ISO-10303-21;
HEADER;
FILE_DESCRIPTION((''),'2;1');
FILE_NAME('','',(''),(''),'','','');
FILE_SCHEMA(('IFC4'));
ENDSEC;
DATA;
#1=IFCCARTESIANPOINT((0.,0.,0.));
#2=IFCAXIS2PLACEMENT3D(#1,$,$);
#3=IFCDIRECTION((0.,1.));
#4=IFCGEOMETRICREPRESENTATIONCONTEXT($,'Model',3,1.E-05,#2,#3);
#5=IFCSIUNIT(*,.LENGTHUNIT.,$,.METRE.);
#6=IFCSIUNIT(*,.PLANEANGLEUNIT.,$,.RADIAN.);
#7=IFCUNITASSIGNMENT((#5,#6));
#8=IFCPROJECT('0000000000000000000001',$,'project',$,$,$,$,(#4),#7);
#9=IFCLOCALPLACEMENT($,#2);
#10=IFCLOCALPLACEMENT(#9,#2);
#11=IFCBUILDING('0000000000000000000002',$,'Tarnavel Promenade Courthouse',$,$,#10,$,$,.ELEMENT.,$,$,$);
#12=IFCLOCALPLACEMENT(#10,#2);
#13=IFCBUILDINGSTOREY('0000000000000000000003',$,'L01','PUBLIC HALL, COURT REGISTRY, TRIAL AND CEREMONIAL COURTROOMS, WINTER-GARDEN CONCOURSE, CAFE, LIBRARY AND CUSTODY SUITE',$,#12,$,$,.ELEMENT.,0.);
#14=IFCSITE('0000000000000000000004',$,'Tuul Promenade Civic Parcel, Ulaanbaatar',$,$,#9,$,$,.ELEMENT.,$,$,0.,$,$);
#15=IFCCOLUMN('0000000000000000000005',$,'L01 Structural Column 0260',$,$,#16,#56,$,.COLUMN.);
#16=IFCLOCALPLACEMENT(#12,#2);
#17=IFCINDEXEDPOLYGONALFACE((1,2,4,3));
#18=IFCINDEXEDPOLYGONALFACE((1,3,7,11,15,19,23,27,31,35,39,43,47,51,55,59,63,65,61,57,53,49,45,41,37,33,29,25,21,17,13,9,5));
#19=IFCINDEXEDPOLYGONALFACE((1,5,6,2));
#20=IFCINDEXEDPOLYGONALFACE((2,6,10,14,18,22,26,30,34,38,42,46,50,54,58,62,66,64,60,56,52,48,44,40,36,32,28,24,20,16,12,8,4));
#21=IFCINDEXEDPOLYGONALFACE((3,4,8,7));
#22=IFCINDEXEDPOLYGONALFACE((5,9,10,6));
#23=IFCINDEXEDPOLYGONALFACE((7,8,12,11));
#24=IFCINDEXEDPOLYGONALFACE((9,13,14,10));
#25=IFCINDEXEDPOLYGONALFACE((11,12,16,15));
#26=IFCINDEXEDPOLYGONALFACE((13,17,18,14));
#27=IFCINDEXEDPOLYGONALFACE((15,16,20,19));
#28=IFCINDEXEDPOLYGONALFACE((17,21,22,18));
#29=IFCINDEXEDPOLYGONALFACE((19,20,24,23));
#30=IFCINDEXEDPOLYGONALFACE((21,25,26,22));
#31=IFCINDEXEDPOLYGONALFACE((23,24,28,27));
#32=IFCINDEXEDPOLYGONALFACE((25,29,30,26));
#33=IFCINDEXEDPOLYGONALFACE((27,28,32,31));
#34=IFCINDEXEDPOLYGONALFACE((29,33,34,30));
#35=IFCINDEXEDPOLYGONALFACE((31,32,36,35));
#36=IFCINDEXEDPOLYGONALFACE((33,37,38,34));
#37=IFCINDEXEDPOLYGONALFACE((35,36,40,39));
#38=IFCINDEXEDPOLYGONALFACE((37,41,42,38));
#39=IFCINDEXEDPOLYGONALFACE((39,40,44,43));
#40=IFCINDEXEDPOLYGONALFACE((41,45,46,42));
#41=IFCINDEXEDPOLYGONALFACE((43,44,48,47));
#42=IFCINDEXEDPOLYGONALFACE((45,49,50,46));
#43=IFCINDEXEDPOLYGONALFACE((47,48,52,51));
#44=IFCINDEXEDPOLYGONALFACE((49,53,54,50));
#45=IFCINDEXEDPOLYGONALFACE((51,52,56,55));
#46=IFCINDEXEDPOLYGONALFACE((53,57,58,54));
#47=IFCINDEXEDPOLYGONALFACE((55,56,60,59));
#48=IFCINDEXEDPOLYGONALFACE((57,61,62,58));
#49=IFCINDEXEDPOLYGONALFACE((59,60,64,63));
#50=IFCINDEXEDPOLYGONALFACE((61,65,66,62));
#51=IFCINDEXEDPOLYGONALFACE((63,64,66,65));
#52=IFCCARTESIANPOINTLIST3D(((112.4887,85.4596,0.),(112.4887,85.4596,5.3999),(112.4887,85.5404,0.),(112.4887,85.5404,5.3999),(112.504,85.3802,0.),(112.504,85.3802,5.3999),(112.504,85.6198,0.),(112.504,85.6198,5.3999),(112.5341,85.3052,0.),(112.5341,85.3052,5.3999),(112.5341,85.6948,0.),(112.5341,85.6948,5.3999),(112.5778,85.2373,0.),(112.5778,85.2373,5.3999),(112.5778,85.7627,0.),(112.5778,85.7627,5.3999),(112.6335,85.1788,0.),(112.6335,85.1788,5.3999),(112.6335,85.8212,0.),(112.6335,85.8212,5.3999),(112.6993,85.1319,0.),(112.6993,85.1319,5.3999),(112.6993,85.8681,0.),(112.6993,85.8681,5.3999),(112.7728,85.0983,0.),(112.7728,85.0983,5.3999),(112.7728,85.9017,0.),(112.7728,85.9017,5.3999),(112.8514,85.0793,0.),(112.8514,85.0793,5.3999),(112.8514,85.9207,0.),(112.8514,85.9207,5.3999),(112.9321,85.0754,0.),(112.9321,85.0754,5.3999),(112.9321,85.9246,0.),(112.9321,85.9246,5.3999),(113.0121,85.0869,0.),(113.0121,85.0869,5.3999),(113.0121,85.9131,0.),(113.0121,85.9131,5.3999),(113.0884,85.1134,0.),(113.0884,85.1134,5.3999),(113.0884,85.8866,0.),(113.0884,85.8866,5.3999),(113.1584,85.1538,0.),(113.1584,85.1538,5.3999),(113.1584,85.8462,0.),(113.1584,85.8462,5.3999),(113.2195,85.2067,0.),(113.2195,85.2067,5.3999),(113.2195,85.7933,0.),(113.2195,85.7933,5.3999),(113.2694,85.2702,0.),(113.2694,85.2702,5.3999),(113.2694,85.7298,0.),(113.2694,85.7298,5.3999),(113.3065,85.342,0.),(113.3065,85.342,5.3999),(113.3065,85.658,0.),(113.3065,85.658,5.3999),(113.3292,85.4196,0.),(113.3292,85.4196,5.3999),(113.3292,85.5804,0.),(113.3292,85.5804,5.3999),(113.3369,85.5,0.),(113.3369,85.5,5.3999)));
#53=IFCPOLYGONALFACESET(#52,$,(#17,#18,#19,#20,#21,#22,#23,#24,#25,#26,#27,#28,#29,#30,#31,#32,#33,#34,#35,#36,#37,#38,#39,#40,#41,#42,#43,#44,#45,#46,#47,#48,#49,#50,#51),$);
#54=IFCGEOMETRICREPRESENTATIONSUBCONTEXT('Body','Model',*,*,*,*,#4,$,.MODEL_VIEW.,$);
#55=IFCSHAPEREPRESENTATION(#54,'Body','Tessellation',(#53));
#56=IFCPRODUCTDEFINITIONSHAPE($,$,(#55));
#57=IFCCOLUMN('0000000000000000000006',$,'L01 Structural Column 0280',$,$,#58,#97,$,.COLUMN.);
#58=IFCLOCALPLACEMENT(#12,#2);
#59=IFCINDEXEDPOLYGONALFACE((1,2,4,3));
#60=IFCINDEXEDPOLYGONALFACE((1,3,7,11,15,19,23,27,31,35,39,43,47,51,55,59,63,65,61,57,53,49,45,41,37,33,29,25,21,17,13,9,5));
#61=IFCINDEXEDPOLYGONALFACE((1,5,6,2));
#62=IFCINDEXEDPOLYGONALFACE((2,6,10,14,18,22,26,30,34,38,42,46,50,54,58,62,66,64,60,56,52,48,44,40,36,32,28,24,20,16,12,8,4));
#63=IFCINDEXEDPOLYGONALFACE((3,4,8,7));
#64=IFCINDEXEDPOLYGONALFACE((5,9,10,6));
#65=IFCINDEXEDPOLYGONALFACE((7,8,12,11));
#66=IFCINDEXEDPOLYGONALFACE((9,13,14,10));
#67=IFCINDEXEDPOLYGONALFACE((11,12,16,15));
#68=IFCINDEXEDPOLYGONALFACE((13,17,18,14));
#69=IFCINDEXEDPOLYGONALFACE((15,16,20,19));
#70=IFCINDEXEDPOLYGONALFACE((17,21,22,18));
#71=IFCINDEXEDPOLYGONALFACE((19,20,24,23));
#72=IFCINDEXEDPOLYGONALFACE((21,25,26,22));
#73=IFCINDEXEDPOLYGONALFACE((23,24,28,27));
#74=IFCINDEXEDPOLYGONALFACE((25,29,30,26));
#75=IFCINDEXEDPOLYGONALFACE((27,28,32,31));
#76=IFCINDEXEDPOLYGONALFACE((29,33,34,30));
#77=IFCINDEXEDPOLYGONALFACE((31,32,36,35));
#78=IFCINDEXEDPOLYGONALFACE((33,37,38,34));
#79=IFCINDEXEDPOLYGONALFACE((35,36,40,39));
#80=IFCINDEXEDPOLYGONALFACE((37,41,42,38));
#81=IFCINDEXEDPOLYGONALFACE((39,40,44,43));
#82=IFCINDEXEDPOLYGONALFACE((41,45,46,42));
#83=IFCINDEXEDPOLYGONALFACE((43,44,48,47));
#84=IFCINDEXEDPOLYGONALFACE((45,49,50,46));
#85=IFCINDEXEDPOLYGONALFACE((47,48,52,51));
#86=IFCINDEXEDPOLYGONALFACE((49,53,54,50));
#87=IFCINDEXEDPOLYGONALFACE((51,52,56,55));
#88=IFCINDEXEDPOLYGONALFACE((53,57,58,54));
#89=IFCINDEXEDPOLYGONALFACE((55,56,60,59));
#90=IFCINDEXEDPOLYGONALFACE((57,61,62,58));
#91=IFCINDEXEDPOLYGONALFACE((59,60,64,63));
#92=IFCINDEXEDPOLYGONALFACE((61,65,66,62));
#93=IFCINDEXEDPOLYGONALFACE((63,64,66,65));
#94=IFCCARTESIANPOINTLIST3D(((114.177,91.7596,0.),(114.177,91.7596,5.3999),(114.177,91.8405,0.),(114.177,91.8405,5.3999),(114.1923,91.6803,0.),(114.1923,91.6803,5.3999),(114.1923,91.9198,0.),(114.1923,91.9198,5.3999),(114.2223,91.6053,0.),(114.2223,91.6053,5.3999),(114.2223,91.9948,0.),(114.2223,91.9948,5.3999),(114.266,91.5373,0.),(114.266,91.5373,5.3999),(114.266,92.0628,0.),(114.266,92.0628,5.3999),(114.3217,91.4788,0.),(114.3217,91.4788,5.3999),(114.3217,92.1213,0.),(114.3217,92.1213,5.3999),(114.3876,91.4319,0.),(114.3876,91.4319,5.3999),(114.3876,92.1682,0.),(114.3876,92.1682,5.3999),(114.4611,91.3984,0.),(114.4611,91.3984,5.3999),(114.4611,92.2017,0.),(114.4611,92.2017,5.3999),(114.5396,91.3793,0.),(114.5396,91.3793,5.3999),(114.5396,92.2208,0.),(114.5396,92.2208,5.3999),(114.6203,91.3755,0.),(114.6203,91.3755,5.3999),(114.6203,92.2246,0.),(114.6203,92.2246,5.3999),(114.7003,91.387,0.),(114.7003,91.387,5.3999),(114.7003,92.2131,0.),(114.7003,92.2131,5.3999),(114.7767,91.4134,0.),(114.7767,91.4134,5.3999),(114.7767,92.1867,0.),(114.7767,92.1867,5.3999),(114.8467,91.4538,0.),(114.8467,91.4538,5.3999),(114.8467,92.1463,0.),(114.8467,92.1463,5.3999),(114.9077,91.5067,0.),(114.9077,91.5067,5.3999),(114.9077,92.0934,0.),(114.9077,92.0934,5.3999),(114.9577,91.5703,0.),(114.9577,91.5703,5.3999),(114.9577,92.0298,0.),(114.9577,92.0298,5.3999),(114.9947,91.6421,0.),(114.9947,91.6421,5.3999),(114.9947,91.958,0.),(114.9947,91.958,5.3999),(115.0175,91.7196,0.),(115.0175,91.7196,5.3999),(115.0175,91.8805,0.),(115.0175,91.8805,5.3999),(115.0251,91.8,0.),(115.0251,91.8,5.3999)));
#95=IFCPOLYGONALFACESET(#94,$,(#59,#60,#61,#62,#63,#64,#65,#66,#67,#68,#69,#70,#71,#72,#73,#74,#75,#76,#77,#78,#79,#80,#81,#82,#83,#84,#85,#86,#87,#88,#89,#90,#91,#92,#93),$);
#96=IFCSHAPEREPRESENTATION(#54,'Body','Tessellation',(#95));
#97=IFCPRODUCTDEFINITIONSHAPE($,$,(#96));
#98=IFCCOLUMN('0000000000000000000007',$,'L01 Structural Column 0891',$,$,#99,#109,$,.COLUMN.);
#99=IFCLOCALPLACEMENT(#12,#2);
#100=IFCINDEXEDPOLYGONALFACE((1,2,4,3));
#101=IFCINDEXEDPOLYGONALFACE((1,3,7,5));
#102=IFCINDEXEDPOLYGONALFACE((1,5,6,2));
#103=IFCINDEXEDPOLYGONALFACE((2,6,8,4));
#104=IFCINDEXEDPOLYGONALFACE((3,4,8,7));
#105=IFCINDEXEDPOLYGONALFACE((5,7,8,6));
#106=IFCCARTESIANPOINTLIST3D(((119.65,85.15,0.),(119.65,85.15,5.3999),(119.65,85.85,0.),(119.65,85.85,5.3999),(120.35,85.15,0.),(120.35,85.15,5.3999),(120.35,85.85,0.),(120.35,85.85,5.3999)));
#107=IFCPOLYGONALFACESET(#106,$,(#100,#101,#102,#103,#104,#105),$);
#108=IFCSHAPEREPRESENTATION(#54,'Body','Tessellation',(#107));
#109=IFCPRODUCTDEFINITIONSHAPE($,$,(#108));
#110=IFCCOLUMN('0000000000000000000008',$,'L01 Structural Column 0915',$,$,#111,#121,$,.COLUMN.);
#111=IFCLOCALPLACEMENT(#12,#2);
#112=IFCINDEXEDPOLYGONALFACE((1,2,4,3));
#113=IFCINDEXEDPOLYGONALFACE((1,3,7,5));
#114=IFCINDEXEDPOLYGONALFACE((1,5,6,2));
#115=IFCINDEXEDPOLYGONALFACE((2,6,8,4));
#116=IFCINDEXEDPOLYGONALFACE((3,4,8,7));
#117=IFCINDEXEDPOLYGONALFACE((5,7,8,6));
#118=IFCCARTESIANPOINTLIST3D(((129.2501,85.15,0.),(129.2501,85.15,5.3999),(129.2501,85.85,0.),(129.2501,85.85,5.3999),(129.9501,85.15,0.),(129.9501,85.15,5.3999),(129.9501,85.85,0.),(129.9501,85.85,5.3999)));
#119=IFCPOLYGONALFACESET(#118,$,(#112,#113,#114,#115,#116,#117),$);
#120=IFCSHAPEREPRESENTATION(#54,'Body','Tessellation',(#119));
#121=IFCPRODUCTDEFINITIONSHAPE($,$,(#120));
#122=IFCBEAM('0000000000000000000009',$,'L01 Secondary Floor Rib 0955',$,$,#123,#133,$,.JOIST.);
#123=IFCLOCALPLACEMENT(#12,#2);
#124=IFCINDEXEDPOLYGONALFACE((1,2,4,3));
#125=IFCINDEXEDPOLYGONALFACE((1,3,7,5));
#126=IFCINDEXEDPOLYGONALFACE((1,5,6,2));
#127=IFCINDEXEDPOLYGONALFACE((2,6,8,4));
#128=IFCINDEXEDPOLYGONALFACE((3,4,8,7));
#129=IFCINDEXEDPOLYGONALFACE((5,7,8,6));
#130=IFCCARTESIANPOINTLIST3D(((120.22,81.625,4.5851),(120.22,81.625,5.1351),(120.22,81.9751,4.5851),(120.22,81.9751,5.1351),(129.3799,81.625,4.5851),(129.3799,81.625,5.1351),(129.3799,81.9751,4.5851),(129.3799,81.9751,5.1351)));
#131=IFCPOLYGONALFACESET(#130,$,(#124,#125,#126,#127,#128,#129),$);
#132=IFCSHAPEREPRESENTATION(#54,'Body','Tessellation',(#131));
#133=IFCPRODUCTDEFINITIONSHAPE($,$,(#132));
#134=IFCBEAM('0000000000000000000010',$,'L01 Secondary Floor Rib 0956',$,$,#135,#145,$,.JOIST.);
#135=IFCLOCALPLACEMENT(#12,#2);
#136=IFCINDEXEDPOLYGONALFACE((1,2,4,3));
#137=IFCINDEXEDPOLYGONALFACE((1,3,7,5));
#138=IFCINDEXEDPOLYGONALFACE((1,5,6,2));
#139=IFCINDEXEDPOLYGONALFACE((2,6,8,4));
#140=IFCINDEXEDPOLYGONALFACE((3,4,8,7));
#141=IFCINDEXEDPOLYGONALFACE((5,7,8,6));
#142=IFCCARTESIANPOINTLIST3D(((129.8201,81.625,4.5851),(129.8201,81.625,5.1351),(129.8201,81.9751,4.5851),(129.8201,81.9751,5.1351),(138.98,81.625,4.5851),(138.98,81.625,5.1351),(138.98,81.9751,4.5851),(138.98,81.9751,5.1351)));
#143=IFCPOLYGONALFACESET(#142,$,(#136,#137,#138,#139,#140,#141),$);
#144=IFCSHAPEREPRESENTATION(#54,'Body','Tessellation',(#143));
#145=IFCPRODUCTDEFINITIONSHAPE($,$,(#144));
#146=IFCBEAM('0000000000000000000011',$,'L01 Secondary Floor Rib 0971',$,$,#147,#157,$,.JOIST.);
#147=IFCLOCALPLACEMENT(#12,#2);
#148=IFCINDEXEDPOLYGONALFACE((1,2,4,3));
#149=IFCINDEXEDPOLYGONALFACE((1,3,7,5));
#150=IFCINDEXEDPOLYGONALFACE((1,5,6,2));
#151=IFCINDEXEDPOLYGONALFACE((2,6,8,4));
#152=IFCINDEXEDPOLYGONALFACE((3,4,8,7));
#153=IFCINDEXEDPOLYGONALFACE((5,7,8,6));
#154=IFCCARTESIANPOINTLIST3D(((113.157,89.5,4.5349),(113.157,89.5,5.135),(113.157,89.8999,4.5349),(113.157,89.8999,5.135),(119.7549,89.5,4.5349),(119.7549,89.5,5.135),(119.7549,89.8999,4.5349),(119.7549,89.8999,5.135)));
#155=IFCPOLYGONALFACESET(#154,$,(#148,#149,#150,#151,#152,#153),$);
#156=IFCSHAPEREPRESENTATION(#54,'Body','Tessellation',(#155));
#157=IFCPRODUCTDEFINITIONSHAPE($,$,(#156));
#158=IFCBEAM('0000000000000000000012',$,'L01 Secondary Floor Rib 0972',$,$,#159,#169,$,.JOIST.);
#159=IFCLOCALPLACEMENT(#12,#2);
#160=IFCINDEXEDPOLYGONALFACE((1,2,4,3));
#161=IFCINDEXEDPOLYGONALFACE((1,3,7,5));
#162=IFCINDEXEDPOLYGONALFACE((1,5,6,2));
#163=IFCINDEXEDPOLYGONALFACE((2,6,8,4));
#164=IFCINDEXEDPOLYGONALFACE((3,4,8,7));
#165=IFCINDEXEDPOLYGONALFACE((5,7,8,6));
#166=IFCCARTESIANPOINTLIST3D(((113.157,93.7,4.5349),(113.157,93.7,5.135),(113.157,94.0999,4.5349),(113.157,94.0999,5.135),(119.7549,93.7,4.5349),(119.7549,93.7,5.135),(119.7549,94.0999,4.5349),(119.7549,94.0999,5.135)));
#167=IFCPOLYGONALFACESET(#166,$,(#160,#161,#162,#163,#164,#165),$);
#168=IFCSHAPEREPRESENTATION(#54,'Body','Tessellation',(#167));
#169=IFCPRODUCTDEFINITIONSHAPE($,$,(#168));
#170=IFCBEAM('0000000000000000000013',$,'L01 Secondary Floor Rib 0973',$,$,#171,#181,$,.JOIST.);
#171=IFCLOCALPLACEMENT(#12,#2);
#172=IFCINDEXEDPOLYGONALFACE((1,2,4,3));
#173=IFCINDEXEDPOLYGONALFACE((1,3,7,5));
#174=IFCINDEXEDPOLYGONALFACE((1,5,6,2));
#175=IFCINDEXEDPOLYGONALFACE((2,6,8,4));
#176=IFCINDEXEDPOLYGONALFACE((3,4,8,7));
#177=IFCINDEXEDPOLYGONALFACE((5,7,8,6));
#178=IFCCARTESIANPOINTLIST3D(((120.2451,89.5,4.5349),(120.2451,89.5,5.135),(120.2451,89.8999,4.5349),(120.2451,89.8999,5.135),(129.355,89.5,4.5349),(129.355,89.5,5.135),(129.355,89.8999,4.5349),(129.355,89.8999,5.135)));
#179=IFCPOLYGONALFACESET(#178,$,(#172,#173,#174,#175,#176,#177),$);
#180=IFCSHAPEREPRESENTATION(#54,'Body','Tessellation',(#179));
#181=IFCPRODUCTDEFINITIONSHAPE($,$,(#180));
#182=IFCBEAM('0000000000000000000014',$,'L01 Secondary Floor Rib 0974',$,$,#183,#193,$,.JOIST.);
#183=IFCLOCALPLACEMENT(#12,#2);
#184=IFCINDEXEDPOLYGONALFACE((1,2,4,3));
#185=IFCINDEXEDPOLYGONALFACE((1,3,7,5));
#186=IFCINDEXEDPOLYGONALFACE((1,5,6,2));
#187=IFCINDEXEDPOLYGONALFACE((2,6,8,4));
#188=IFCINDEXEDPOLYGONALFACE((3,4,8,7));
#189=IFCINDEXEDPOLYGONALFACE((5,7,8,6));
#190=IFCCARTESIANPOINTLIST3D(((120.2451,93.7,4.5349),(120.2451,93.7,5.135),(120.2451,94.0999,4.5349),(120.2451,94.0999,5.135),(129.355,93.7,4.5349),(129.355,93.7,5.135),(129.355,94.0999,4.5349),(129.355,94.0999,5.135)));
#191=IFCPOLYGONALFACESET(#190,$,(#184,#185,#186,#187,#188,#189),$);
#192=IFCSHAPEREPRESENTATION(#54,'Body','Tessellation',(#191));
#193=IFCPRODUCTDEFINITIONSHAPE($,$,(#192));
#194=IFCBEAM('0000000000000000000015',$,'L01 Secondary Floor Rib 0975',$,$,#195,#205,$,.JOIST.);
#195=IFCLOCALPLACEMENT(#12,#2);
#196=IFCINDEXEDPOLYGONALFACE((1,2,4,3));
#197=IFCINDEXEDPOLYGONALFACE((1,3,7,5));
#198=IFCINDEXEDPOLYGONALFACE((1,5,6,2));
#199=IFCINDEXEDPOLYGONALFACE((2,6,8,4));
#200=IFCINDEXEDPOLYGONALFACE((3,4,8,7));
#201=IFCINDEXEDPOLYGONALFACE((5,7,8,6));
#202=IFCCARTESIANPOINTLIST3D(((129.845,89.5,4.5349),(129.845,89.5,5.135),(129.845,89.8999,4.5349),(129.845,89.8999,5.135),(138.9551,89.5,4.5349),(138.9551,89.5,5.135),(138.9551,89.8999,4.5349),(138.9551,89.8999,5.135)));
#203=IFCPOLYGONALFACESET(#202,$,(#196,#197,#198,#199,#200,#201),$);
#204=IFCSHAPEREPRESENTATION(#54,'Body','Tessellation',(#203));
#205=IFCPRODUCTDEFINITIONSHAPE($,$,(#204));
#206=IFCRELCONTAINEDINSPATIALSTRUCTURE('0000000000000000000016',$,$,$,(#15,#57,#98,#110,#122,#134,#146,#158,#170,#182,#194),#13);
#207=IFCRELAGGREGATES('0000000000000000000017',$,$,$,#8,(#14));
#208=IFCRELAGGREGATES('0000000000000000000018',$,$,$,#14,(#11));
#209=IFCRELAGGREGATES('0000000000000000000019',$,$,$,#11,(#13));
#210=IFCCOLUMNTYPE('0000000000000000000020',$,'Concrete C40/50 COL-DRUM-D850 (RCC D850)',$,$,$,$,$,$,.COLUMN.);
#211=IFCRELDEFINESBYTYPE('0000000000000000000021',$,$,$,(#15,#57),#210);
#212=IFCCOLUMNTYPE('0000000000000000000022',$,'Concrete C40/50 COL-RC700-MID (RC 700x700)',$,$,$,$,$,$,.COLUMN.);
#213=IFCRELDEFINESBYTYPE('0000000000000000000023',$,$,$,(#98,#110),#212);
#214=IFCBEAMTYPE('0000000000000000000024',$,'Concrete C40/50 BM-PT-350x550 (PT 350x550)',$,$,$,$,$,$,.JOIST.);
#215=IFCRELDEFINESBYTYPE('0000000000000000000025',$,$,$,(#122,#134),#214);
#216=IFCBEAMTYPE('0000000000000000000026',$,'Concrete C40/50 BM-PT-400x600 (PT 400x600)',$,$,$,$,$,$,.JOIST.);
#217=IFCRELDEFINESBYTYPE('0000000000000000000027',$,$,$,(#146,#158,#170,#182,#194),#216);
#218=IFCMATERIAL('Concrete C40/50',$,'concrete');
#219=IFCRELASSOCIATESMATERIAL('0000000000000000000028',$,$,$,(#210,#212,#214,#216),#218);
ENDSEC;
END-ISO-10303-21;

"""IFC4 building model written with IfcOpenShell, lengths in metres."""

from ifc_helpers import new_model, si_unit, direction, frame, origin, origin_2d, place, context, subcontext, project, spatial, rectangle, circle, extrude, material, material_profile, profile_set, type_object, element, save


model = new_model("IFC4")

# Units and contexts
model_context = context("Model", 3, precision=1e-05, world=origin(), true_north=direction((0.0, 1.0)))
body_context = subcontext(model_context, "Body", "Model", "MODEL_VIEW")
ifc_project = project(units=[si_unit("LENGTHUNIT", "METRE"), si_unit("PLANEANGLEUNIT", "RADIAN")], contexts=[model_context])

# Site, building, storey
site_placement = place(None, origin())
site = spatial("IfcSite", under=ifc_project, at=site_placement, Name="Tuul Promenade Civic Parcel, Ulaanbaatar", CompositionType="ELEMENT", RefElevation=0.0)
building_placement = place(site_placement, origin())
building = spatial("IfcBuilding", under=site, at=building_placement, Name="Tarnavel Promenade Courthouse", CompositionType="ELEMENT")
storey_placement = place(building_placement, origin())
storey = spatial("IfcBuildingStorey", under=building, at=storey_placement, Name="L01", Description="PUBLIC HALL, COURT REGISTRY, TRIAL AND CEREMONIAL COURTROOMS, WINTER-GARDEN CONCOURSE, CAFE, LIBRARY AND CUSTODY SUITE", CompositionType="ELEMENT", Elevation=0.0)

# Columns
ifc_material_1 = material(Name="Concrete C40/50", Category="concrete")
ifc_material_profile_1 = material_profile(ifc_material_1, circle(Radius=0.425, at=origin_2d()), Name="RCC D850")
ifc_profile_set_1 = profile_set([ifc_material_profile_1], Name="Concrete C40/50")
column_type_1 = type_object("IfcColumnType", Name="Concrete C40/50 COL-DRUM-D850 (RCC D850)", PredefinedType="COLUMN", material=ifc_profile_set_1)
for number, where, z_axis, x_axis, name in (
    (1, (112.9119, 85.5, 0.0), (0.0, 0.0, 1.0), (1.0, 0.0, 0.0), "L01 Structural Column 0260"),
    (2, (114.6001, 91.8, 0.0), (0.0, 0.0, 1.0), (1.0, 0.0, 0.0), "L01 Structural Column 0280"),
):
    element("IfcColumn", number, at=place(storey_placement, frame(where, z_axis=z_axis, x_axis=x_axis)), inside=storey, type_object=column_type_1, Name=name, PredefinedType="COLUMN", context=body_context, shape_type="SweptSolid", body=[
        extrude(circle(Radius=0.425, at=origin_2d()), origin(), (0.0, 0.0, 1.0), 5.3999),
    ])
ifc_material_profile_2 = material_profile(ifc_material_1, rectangle(XDim=0.7, YDim=0.7, at=origin_2d()), Name="RC 700x700")
ifc_profile_set_2 = profile_set([ifc_material_profile_2], Name="Concrete C40/50")
column_type_2 = type_object("IfcColumnType", Name="Concrete C40/50 COL-RC700-MID (RC 700x700)", PredefinedType="COLUMN", material=ifc_profile_set_2)
for number, where, z_axis, x_axis, name in (
    (3, (120.0, 85.5, 0.0), (0.0, 0.0, 1.0), (1.0, 0.0, 0.0), "L01 Structural Column 0891"),
    (4, (129.6001, 85.5, 0.0), (0.0, 0.0, 1.0), (1.0, 0.0, 0.0), "L01 Structural Column 0915"),
):
    element("IfcColumn", number, at=place(storey_placement, frame(where, z_axis=z_axis, x_axis=x_axis)), inside=storey, type_object=column_type_2, Name=name, PredefinedType="COLUMN", context=body_context, shape_type="SweptSolid", body=[
        extrude(rectangle(XDim=0.7, YDim=0.7, at=origin_2d()), origin(), (0.0, 0.0, 1.0), 5.3999),
    ])

# Beams
ifc_material_profile_3 = material_profile(ifc_material_1, rectangle(XDim=0.3501, YDim=0.55, at=origin_2d()), Name="PT 350x550")
ifc_profile_set_3 = profile_set([ifc_material_profile_3], Name="Concrete C40/50")
beam_type_1 = type_object("IfcBeamType", Name="Concrete C40/50 BM-PT-350x550 (PT 350x550)", PredefinedType="JOIST", material=ifc_profile_set_3)
for number, where, z_axis, x_axis, name in (
    (5, (120.22, 81.8, 4.8601), (1.0, 0.0, 0.0), (0.0, 1.0, 0.0), "L01 Secondary Floor Rib 0955"),
    (6, (129.8201, 81.8, 4.8601), (1.0, 0.0, 0.0), (0.0, 1.0, 0.0), "L01 Secondary Floor Rib 0956"),
):
    element("IfcBeam", number, at=place(storey_placement, frame(where, z_axis=z_axis, x_axis=x_axis)), inside=storey, type_object=beam_type_1, Name=name, PredefinedType="JOIST", context=body_context, shape_type="SweptSolid", body=[
        extrude(rectangle(XDim=0.3501, YDim=0.55, at=origin_2d()), origin(), (0.0, 0.0, 1.0), 9.1599),
    ])
ifc_material_profile_4 = material_profile(ifc_material_1, rectangle(XDim=0.3999, YDim=0.6001, at=origin_2d()), Name="PT 400x600")
ifc_profile_set_4 = profile_set([ifc_material_profile_4], Name="Concrete C40/50")
beam_type_2 = type_object("IfcBeamType", Name="Concrete C40/50 BM-PT-400x600 (PT 400x600)", PredefinedType="JOIST", material=ifc_profile_set_4)
for number, where, z_axis, x_axis, name in (
    (7, (113.157, 89.7, 4.835), (1.0, 0.0, 0.0), (0.0, 1.0, 0.0), "L01 Secondary Floor Rib 0971"),
    (8, (113.157, 93.8999, 4.835), (1.0, 0.0, 0.0), (0.0, 1.0, 0.0), "L01 Secondary Floor Rib 0972"),
):
    element("IfcBeam", number, at=place(storey_placement, frame(where, z_axis=z_axis, x_axis=x_axis)), inside=storey, type_object=beam_type_2, Name=name, PredefinedType="JOIST", context=body_context, shape_type="SweptSolid", body=[
        extrude(rectangle(XDim=0.3999, YDim=0.6001, at=origin_2d()), origin(), (0.0, 0.0, 1.0), 6.5979),
    ])
for number, where, z_axis, x_axis, name in (
    (9, (120.2451, 89.7, 4.835), (1.0, 0.0, 0.0), (0.0, 1.0, 0.0), "L01 Secondary Floor Rib 0973"),
    (10, (120.2451, 93.8999, 4.835), (1.0, 0.0, 0.0), (0.0, 1.0, 0.0), "L01 Secondary Floor Rib 0974"),
):
    element("IfcBeam", number, at=place(storey_placement, frame(where, z_axis=z_axis, x_axis=x_axis)), inside=storey, type_object=beam_type_2, Name=name, PredefinedType="JOIST", context=body_context, shape_type="SweptSolid", body=[
        extrude(rectangle(XDim=0.3999, YDim=0.6001, at=origin_2d()), origin(), (0.0, 0.0, 1.0), 9.1099),
    ])
beam_1_placement = place(storey_placement, frame((129.845, 89.7, 4.835), z_axis=(1.0, 0.0, 0.0), x_axis=(0.0, 1.0, 0.0)))
element("IfcBeam", 11, at=beam_1_placement, inside=storey, type_object=beam_type_2, Name="L01 Secondary Floor Rib 0975", PredefinedType="JOIST", context=body_context, shape_type="SweptSolid", body=[
    extrude(rectangle(XDim=0.3999, YDim=0.6001, at=origin_2d()), origin(), (0.0, 0.0, 1.0), 9.1101),
])

save(model, "model.ifc")
